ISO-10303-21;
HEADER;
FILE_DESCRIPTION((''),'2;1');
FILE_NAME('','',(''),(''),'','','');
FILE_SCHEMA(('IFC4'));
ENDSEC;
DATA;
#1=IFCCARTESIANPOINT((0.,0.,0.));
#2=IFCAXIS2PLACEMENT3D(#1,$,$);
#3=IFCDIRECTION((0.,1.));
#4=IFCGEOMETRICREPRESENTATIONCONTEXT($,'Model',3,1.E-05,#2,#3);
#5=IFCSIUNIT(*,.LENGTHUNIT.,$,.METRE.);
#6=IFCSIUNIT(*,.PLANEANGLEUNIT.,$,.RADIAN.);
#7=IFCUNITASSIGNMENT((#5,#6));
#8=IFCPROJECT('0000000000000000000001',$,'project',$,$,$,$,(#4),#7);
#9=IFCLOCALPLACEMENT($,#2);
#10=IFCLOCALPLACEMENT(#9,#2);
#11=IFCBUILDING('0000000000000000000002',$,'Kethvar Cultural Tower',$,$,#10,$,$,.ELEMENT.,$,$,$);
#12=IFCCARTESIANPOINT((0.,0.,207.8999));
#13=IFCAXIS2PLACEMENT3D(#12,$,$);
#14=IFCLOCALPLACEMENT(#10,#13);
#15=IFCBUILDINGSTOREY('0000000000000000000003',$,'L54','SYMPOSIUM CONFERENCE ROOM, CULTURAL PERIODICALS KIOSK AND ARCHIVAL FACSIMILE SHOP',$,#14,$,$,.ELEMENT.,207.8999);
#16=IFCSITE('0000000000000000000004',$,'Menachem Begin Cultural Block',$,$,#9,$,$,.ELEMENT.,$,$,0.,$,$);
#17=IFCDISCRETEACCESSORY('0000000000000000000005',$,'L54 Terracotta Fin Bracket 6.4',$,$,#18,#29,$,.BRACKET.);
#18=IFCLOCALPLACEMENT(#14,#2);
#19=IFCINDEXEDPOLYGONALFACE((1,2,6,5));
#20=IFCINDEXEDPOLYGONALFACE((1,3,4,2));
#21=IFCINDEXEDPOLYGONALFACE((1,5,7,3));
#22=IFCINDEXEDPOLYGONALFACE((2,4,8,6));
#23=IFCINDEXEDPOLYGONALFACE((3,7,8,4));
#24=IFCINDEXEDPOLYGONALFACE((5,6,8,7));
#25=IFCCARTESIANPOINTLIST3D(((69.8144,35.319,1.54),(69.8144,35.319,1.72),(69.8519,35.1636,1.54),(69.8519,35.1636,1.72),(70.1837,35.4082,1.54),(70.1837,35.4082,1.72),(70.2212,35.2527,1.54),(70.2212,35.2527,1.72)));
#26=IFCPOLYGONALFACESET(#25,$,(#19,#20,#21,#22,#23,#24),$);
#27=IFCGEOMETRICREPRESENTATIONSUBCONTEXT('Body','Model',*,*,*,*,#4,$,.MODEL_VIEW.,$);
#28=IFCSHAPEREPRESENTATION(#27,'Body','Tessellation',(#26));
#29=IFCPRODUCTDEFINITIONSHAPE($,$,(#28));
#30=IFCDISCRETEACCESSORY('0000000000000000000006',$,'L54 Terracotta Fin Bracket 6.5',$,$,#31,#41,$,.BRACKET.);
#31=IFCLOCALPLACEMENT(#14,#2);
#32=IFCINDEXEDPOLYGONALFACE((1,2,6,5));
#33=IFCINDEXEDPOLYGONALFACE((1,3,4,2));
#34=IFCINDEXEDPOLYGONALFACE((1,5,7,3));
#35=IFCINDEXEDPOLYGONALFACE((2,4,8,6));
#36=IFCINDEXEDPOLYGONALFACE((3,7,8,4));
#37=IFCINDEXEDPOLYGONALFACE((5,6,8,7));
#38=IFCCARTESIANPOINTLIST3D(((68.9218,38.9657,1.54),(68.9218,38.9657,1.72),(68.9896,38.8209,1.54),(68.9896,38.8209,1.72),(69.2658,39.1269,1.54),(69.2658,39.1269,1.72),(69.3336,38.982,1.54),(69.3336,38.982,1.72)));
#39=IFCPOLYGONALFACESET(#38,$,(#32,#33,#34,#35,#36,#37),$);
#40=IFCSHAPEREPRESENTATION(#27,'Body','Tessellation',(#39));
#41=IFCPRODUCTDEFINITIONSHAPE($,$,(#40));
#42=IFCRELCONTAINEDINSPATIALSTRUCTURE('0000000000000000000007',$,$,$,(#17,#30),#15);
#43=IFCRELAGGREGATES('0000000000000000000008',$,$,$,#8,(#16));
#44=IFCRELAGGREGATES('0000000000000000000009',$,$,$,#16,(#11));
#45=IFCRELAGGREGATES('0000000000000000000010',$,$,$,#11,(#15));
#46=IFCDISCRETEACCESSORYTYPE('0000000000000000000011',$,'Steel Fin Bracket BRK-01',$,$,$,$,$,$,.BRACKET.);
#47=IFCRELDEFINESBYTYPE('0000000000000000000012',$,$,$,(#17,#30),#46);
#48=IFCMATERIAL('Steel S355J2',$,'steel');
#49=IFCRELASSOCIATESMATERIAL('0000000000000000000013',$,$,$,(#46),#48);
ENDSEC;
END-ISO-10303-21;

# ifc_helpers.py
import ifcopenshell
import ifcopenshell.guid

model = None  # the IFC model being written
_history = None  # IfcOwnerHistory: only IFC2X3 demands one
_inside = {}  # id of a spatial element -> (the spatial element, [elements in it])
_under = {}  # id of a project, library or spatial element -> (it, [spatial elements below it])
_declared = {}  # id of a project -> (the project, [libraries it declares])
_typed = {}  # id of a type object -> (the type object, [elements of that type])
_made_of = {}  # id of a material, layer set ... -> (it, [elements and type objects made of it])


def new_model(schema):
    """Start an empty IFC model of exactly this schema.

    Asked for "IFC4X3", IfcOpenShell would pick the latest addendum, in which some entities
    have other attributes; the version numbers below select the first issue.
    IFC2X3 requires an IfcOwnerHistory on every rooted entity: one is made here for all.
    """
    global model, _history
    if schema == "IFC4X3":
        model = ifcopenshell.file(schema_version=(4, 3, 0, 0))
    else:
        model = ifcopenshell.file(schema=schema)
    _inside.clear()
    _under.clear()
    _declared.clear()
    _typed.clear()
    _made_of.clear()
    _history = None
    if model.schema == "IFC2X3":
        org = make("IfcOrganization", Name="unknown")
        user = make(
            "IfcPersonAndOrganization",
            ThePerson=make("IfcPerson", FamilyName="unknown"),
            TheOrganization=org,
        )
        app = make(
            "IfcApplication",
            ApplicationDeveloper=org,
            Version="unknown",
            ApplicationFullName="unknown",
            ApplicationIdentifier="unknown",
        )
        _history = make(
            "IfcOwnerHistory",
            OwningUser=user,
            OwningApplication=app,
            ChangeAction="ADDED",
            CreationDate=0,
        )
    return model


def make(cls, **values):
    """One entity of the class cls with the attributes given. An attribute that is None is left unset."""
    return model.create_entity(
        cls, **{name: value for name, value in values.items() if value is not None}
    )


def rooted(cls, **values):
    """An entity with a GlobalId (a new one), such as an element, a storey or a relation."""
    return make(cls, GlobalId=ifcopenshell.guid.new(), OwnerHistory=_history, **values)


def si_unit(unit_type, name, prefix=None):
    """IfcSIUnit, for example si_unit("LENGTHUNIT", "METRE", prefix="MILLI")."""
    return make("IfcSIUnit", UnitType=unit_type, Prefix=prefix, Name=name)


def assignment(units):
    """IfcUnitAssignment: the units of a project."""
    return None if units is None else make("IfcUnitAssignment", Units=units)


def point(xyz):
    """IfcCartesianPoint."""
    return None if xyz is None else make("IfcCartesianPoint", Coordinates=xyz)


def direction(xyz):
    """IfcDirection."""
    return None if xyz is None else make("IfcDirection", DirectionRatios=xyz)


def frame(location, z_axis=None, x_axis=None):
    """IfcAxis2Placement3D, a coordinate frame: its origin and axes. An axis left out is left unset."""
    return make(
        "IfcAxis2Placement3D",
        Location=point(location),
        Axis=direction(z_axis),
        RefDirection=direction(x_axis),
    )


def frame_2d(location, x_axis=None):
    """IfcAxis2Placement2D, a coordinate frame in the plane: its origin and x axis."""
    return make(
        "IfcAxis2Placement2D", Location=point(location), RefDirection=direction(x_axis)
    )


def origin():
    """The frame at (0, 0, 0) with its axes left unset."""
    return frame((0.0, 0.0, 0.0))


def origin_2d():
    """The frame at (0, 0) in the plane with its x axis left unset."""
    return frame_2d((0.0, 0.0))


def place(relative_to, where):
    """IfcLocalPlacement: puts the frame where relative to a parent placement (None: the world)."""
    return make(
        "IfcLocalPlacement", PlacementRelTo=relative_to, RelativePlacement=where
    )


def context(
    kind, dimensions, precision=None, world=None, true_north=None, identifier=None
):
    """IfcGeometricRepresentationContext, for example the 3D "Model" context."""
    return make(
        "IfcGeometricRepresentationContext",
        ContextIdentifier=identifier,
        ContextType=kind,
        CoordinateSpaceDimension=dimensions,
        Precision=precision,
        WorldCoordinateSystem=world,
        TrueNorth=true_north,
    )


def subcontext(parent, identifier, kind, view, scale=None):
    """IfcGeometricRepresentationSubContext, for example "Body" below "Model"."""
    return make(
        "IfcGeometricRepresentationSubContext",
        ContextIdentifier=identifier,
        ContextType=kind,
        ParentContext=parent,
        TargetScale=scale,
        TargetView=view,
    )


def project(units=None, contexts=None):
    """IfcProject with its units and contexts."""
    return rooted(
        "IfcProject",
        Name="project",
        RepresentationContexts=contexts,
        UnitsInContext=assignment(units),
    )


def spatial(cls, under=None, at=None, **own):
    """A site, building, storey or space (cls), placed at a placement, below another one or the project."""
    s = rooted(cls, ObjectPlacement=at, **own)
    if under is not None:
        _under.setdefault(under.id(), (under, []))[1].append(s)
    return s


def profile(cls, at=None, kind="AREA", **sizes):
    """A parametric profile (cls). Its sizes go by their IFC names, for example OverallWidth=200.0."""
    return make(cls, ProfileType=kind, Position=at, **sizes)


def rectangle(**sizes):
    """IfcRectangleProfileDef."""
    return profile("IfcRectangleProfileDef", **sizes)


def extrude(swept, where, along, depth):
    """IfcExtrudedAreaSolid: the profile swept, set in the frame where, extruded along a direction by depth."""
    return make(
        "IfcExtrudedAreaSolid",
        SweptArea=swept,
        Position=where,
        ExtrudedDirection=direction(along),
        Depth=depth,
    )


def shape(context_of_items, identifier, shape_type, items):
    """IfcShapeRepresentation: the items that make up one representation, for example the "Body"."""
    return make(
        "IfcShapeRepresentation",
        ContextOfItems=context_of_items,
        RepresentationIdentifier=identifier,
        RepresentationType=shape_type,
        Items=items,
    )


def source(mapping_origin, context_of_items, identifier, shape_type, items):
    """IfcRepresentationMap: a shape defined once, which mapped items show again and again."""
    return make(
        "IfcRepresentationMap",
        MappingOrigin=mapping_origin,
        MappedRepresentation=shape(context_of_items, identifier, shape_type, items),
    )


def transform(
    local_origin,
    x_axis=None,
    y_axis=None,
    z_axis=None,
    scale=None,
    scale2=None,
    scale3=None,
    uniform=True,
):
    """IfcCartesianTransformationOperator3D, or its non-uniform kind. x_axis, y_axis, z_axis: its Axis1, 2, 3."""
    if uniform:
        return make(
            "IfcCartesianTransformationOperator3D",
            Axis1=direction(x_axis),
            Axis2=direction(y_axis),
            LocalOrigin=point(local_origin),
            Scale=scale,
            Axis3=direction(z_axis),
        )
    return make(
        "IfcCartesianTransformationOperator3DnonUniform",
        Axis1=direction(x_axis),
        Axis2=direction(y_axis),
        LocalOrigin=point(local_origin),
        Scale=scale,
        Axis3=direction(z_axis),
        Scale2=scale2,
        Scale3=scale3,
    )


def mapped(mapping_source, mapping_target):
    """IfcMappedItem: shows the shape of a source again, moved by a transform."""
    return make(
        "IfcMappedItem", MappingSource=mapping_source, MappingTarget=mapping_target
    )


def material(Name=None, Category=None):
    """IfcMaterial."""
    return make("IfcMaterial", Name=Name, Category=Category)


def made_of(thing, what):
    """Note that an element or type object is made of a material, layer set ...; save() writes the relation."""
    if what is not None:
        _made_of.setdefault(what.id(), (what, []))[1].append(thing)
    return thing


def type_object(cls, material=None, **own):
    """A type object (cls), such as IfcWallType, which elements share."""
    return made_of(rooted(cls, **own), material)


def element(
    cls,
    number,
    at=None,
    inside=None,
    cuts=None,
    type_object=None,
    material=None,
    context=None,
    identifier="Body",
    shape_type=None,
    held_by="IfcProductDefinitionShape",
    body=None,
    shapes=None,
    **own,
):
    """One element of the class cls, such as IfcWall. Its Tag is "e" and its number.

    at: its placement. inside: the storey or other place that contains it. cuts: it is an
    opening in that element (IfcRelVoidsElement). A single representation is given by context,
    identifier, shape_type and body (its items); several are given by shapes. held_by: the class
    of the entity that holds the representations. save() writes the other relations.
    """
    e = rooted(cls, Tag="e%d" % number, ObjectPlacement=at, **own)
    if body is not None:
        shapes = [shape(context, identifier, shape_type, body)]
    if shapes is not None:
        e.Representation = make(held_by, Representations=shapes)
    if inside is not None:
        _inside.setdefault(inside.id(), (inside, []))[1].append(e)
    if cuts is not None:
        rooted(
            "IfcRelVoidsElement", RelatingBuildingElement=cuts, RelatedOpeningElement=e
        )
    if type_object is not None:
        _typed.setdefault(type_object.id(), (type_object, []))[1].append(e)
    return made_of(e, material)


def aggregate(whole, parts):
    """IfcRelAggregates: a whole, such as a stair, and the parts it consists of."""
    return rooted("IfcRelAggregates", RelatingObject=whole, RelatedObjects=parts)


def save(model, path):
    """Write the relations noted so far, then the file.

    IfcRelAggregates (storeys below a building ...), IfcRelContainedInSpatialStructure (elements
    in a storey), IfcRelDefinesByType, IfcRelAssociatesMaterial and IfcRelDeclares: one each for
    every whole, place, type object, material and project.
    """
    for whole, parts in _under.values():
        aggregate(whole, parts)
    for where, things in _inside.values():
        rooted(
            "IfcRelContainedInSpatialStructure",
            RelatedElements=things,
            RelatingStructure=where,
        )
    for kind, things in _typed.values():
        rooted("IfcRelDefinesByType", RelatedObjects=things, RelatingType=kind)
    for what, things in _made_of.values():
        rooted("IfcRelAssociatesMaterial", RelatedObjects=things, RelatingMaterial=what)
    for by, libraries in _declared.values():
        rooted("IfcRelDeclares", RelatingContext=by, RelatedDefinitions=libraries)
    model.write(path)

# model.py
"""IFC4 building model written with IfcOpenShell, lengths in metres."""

from ifc_helpers import new_model, si_unit, direction, frame, origin, origin_2d, place, context, subcontext, project, spatial, rectangle, extrude, source, transform, mapped, material, type_object, element, save


model = new_model("IFC4")

# Units and contexts
model_context = context("Model", 3, precision=1e-05, world=origin(), true_north=direction((0.0, 1.0)))
body_context = subcontext(model_context, "Body", "Model", "MODEL_VIEW")
ifc_project = project(units=[si_unit("LENGTHUNIT", "METRE"), si_unit("PLANEANGLEUNIT", "RADIAN")], contexts=[model_context])

# Site, building, storey
site_placement = place(None, origin())
site = spatial("IfcSite", under=ifc_project, at=site_placement, Name="Menachem Begin Cultural Block", CompositionType="ELEMENT", RefElevation=0.0)
building_placement = place(site_placement, origin())
building = spatial("IfcBuilding", under=site, at=building_placement, Name="Kethvar Cultural Tower", CompositionType="ELEMENT")
storey_placement = place(building_placement, frame((0.0, 0.0, 207.8999)))
storey = spatial("IfcBuildingStorey", under=building, at=storey_placement, Name="L54", Description="SYMPOSIUM CONFERENCE ROOM, CULTURAL PERIODICALS KIOSK AND ARCHIVAL FACSIMILE SHOP", CompositionType="ELEMENT", Elevation=207.8999)

# Shared definitions
ifc_material_1 = material(Name="Steel S355J2", Category="steel")

# Discrete accessories
discrete_accessory_type = type_object("IfcDiscreteAccessoryType", Name="Steel Fin Bracket BRK-01", PredefinedType="BRACKET", material=ifc_material_1)
shared_shape_1 = source(origin(), body_context, "Body", "SweptSolid", [
    extrude(rectangle(XDim=0.3799, YDim=0.1599, at=origin_2d()), origin(), (0.0, 0.0, 1.0), 0.1799),
])
for number, where, z_axis, x_axis, name in (
    (1, (70.0178, 35.2859, 1.54), (0.0, 0.0, 1.0), (0.972084, 0.234633, 0.0), "L54 Terracotta Fin Bracket 6.4"),
    (2, (69.1277, 38.9739, 1.54), (0.0, 0.0, 1.0), (0.905569, 0.424199, 0.0), "L54 Terracotta Fin Bracket 6.5"),
):
    element("IfcDiscreteAccessory", number, at=place(storey_placement, frame(where, z_axis=z_axis, x_axis=x_axis)), inside=storey, type_object=discrete_accessory_type, Name=name, PredefinedType="BRACKET", context=body_context, shape_type="MappedRepresentation", body=[
        mapped(shared_shape_1, transform((0.0, 0.0, 0.0), scale=1.0)),
    ])

save(model, "model.ifc")
